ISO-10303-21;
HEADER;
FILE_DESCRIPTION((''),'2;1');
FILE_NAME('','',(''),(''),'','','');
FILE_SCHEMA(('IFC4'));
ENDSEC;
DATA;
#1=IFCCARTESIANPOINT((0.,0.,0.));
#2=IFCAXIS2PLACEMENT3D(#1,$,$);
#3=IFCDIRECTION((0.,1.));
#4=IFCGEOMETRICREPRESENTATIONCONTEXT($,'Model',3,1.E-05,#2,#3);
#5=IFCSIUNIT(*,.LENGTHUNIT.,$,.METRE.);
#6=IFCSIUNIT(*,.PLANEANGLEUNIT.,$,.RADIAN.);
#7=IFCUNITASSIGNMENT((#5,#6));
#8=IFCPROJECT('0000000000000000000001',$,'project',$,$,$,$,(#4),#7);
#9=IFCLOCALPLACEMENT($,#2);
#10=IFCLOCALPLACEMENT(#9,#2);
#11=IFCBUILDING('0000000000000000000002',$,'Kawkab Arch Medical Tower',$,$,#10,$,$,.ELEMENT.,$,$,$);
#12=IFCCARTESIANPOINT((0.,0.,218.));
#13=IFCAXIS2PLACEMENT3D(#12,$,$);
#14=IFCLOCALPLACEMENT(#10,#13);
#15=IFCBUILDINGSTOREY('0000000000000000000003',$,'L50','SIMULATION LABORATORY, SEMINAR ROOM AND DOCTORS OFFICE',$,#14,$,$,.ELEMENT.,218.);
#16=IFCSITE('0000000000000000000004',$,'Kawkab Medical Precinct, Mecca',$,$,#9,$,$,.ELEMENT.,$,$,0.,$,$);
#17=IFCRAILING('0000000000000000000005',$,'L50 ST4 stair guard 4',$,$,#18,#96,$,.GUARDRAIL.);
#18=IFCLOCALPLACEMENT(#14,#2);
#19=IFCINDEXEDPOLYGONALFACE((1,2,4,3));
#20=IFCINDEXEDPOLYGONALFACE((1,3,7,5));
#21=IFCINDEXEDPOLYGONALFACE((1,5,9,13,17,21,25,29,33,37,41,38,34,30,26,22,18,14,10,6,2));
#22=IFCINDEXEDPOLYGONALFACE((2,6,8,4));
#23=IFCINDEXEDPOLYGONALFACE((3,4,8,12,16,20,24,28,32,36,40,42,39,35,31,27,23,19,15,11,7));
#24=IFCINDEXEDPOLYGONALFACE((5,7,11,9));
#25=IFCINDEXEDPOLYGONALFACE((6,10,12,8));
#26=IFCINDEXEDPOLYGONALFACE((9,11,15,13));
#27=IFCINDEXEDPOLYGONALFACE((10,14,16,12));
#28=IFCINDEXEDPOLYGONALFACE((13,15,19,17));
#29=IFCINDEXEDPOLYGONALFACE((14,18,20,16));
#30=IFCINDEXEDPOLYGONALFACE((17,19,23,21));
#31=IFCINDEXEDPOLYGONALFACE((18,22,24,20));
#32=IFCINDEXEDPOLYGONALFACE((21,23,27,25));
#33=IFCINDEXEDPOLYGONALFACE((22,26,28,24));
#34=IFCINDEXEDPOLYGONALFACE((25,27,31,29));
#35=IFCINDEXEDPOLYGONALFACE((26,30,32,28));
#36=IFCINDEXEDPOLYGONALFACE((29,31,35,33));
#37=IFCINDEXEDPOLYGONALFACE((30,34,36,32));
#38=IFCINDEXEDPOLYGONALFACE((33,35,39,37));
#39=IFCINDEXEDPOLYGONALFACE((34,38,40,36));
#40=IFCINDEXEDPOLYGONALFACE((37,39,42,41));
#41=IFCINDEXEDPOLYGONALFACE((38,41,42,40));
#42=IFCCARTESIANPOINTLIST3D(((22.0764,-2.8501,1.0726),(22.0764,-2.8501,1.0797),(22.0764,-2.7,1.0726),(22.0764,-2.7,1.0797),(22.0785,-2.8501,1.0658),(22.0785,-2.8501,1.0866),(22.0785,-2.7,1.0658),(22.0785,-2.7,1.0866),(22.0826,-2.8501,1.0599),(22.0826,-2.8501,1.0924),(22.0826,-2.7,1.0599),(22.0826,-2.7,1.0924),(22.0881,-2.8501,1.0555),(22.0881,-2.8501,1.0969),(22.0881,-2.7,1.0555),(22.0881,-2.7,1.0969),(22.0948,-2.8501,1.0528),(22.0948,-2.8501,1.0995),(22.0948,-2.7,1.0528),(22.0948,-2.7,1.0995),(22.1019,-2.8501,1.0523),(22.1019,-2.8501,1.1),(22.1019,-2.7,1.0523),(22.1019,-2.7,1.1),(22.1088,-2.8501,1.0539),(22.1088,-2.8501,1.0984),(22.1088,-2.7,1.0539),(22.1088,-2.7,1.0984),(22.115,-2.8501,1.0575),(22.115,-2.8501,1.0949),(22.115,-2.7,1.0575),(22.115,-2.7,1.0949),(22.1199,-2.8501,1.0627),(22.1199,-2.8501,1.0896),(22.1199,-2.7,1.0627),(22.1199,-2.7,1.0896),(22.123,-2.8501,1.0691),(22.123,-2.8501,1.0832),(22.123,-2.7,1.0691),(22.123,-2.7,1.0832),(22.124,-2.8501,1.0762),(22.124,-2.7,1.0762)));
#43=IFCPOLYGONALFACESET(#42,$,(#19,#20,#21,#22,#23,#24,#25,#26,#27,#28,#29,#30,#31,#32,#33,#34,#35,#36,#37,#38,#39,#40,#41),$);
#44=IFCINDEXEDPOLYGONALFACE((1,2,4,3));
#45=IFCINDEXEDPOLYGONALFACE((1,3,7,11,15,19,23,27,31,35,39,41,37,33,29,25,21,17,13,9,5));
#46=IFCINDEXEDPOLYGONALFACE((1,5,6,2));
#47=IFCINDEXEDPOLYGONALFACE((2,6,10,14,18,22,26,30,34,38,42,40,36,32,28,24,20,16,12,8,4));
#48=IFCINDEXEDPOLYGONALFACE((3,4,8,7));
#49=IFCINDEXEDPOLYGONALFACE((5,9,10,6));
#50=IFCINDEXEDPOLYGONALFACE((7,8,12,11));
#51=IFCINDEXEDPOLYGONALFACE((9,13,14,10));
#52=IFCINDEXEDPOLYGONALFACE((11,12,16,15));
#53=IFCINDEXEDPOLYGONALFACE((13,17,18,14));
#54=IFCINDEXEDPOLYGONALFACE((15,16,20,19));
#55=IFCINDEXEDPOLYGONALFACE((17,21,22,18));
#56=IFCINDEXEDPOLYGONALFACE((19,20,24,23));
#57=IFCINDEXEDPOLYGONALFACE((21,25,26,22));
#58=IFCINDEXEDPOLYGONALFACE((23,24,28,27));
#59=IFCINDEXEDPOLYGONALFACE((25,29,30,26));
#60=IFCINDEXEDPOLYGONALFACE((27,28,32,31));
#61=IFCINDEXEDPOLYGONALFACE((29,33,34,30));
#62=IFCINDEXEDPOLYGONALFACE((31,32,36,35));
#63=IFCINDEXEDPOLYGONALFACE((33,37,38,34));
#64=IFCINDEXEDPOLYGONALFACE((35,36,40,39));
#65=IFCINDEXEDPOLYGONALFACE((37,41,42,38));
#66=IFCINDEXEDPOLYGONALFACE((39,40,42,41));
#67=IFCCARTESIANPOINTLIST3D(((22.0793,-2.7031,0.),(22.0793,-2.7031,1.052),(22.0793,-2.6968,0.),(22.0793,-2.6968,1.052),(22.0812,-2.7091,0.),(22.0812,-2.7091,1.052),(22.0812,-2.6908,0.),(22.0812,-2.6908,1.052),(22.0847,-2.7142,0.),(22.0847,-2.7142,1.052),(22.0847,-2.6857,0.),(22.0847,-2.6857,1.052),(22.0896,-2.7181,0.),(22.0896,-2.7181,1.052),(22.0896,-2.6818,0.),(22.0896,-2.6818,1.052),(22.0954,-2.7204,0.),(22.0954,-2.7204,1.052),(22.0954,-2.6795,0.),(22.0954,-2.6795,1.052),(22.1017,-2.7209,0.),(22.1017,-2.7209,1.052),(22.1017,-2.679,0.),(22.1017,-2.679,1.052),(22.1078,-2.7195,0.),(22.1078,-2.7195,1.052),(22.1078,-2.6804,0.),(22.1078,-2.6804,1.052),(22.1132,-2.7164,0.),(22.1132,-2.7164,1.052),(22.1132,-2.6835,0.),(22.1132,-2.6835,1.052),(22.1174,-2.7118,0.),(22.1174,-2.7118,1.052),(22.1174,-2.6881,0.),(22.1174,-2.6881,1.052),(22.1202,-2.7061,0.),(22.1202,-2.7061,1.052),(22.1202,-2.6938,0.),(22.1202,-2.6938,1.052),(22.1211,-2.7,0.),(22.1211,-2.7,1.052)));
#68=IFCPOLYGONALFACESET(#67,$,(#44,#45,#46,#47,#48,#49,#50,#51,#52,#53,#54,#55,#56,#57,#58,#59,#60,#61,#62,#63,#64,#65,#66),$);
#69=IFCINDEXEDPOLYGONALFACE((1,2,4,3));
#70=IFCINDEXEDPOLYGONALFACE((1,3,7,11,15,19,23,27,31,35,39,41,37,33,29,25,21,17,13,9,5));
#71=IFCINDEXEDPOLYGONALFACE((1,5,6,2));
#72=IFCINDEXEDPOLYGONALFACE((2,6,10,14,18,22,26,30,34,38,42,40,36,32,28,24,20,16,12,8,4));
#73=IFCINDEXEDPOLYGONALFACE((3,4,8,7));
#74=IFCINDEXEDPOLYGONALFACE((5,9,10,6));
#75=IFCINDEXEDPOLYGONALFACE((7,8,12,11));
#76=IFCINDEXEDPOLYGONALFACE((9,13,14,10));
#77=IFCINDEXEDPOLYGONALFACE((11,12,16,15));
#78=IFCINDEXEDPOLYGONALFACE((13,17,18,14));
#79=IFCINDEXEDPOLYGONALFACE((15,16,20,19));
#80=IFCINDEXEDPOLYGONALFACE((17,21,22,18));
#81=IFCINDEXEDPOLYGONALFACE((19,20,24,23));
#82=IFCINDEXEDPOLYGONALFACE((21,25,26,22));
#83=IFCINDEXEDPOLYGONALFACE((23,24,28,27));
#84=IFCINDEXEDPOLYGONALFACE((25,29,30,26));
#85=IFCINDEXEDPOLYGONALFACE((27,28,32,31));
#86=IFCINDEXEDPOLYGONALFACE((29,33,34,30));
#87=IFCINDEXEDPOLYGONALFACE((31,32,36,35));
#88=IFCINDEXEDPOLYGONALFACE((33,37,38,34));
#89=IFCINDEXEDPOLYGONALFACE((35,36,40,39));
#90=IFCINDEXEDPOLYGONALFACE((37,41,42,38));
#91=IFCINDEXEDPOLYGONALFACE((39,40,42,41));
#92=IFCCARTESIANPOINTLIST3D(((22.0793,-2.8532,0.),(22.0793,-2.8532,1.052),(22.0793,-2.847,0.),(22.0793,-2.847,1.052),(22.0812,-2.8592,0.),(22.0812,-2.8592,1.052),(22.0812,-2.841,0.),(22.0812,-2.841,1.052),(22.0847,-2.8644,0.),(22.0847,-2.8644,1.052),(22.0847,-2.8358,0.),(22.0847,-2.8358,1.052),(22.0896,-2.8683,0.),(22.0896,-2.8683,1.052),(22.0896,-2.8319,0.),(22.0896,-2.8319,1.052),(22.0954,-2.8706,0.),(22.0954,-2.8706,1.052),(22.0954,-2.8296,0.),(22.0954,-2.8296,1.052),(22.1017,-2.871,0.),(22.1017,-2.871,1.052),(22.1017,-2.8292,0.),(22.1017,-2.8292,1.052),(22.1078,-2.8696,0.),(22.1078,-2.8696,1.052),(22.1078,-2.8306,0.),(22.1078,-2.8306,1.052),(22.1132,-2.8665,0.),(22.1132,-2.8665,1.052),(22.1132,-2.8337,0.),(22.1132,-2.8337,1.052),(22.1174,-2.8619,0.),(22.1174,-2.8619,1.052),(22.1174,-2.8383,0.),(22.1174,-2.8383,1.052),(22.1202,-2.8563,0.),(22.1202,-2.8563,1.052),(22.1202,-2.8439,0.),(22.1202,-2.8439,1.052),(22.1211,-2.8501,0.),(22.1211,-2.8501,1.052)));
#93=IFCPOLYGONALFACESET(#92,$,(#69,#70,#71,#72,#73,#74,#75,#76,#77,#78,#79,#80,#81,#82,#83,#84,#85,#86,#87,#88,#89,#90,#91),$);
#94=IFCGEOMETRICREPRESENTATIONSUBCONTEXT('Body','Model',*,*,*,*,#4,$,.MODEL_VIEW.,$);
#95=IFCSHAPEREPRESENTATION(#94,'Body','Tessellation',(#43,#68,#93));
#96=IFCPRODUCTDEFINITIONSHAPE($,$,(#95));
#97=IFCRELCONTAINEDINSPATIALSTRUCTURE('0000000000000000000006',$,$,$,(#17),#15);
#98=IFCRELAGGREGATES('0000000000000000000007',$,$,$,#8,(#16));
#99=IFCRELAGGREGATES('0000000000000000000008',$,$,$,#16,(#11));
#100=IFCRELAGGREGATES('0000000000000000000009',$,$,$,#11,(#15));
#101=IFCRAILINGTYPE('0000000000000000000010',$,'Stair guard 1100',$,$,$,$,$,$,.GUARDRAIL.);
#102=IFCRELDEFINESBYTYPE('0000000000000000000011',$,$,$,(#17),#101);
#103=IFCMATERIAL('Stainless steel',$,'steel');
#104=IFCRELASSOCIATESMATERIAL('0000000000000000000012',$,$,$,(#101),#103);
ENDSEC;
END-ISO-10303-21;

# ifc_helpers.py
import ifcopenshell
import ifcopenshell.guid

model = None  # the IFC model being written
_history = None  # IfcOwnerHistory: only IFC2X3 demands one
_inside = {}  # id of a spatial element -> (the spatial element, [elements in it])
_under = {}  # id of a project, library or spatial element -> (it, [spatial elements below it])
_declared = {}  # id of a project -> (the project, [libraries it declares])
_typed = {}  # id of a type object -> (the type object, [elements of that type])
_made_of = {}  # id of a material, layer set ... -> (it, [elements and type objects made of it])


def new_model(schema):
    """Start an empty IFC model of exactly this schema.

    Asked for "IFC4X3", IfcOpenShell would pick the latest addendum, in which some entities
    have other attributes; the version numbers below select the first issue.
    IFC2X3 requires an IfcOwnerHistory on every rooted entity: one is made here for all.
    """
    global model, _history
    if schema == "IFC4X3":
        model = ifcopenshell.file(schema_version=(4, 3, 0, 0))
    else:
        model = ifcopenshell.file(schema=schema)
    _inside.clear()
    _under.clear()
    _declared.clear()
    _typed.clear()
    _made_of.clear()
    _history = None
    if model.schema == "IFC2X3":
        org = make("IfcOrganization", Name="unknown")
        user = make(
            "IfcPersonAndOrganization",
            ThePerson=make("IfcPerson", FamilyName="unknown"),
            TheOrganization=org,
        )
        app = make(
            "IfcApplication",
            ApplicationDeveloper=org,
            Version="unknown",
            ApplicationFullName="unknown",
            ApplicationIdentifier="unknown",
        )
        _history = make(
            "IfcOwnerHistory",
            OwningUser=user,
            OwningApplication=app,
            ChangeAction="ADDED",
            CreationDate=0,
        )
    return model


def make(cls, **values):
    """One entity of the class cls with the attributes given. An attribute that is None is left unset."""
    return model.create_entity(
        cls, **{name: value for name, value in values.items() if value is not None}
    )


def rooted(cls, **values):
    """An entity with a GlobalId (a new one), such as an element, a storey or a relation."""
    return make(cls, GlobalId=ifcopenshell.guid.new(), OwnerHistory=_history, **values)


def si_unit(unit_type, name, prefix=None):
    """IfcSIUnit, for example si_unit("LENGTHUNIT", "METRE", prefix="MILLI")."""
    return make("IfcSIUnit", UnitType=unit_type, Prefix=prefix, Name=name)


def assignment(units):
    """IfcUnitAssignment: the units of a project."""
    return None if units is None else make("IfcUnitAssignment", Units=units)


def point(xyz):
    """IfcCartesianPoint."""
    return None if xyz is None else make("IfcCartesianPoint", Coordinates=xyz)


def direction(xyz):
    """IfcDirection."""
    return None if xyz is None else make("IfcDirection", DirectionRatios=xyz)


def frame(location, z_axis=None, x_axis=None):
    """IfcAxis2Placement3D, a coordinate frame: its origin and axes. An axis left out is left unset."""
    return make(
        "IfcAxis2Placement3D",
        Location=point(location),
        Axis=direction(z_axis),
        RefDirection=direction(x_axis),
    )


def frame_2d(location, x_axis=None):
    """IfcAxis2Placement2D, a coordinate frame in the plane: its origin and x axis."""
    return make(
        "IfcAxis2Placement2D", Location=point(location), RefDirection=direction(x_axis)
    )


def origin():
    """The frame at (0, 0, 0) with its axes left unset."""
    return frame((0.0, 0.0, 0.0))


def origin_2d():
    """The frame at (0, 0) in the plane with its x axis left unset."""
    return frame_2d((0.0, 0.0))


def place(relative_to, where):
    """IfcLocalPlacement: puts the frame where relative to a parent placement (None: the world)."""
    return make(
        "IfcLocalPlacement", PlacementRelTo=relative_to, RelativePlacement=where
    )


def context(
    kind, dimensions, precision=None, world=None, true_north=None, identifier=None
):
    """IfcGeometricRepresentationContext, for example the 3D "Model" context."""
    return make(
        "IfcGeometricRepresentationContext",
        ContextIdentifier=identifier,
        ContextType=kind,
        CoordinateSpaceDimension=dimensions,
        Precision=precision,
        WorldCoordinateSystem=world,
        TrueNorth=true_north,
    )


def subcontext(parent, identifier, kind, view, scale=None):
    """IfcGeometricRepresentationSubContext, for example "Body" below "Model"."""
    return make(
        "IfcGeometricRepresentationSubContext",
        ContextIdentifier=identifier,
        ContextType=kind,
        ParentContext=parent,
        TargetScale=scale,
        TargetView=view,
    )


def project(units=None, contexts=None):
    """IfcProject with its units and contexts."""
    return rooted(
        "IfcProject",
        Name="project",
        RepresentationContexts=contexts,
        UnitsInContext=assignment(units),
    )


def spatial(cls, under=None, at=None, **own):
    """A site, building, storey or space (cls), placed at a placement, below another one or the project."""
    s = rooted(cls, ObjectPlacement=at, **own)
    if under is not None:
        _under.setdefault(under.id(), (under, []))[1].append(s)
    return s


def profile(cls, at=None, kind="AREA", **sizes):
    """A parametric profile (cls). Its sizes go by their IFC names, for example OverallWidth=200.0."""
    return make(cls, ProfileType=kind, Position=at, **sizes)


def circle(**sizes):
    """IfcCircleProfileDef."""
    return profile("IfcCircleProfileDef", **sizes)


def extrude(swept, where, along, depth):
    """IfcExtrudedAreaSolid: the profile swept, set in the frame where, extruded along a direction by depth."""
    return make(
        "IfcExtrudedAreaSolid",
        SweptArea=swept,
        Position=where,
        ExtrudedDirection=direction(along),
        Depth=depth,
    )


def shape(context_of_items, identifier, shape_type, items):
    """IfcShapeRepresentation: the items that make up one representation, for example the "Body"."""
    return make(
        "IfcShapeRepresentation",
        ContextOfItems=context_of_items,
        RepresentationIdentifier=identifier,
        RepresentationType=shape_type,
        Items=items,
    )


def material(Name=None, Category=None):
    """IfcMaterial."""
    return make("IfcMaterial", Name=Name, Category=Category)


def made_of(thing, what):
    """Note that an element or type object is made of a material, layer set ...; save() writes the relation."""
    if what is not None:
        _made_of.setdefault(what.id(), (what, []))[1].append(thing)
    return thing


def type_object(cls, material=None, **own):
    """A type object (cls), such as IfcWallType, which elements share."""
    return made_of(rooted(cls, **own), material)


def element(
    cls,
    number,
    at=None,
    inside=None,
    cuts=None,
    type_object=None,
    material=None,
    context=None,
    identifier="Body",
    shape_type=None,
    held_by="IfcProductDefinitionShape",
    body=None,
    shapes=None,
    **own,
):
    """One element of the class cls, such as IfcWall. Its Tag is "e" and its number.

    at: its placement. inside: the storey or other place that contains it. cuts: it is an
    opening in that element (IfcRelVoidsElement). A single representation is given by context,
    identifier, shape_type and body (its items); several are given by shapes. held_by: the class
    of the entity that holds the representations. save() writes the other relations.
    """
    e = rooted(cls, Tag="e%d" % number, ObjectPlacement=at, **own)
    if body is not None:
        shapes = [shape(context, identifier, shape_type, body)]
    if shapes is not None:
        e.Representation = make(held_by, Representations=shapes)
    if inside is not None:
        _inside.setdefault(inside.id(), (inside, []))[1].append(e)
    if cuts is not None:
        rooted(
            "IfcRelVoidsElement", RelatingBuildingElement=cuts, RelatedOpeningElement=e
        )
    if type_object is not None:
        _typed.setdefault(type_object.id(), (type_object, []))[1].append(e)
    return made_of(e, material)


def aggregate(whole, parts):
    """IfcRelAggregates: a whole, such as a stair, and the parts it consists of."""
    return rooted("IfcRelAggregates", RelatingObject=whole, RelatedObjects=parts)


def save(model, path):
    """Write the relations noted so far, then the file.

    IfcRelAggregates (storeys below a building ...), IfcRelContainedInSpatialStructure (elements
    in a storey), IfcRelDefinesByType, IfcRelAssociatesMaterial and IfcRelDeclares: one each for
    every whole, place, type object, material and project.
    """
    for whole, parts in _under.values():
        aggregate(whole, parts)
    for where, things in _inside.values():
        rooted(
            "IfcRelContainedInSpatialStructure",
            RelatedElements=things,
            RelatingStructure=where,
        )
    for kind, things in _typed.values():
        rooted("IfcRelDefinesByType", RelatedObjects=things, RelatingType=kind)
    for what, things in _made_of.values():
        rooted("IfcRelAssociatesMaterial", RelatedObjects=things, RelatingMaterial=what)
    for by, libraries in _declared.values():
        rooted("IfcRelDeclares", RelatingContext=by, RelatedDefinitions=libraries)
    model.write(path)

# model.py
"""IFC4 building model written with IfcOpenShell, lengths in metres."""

from ifc_helpers import new_model, si_unit, direction, frame, origin, origin_2d, place, context, subcontext, project, spatial, circle, extrude, material, type_object, element, save


model = new_model("IFC4")

# Units and contexts
model_context = context("Model", 3, precision=1e-05, world=origin(), true_north=direction((0.0, 1.0)))
body_context = subcontext(model_context, "Body", "Model", "MODEL_VIEW")
ifc_project = project(units=[si_unit("LENGTHUNIT", "METRE"), si_unit("PLANEANGLEUNIT", "RADIAN")], contexts=[model_context])

# Site, building, storey
site_placement = place(None, origin())
site = spatial("IfcSite", under=ifc_project, at=site_placement, Name="Kawkab Medical Precinct, Mecca", CompositionType="ELEMENT", RefElevation=0.0)
building_placement = place(site_placement, origin())
building = spatial("IfcBuilding", under=site, at=building_placement, Name="Kawkab Arch Medical Tower", CompositionType="ELEMENT")
storey_placement = place(building_placement, frame((0.0, 0.0, 218.0)))
storey = spatial("IfcBuildingStorey", under=building, at=storey_placement, Name="L50", Description="SIMULATION LABORATORY, SEMINAR ROOM AND DOCTORS OFFICE", CompositionType="ELEMENT", Elevation=218.0)

# Railing
ifc_material_1 = material(Name="Stainless steel", Category="steel")
railing_type_1 = type_object("IfcRailingType", Name="Stair guard 1100", PredefinedType="GUARDRAIL", material=ifc_material_1)
railing_1_placement = place(storey_placement, frame((22.1001, -2.7, 0.0)))
element("IfcRailing", 1, at=railing_1_placement, inside=storey, type_object=railing_type_1, Name="L50 ST4 stair guard 4", PredefinedType="GUARDRAIL", context=body_context, shape_type="SweptSolid", body=[
    extrude(circle(Radius=0.0239, at=origin_2d()), frame((0.0, 0.0, 1.0762), z_axis=(0.0, -1.0, 0.0), x_axis=(1.0, 0.0, 0.0)), (0.0, 0.0, 1.0), 0.1501),
    extrude(circle(Radius=0.021, at=origin_2d()), origin(), (0.0, 0.0, 1.0), 1.052),
    extrude(circle(Radius=0.021, at=origin_2d()), frame((0.0, -0.1501, 0.0)), (0.0, 0.0, 1.0), 1.052),
])

save(model, "model.ifc")
